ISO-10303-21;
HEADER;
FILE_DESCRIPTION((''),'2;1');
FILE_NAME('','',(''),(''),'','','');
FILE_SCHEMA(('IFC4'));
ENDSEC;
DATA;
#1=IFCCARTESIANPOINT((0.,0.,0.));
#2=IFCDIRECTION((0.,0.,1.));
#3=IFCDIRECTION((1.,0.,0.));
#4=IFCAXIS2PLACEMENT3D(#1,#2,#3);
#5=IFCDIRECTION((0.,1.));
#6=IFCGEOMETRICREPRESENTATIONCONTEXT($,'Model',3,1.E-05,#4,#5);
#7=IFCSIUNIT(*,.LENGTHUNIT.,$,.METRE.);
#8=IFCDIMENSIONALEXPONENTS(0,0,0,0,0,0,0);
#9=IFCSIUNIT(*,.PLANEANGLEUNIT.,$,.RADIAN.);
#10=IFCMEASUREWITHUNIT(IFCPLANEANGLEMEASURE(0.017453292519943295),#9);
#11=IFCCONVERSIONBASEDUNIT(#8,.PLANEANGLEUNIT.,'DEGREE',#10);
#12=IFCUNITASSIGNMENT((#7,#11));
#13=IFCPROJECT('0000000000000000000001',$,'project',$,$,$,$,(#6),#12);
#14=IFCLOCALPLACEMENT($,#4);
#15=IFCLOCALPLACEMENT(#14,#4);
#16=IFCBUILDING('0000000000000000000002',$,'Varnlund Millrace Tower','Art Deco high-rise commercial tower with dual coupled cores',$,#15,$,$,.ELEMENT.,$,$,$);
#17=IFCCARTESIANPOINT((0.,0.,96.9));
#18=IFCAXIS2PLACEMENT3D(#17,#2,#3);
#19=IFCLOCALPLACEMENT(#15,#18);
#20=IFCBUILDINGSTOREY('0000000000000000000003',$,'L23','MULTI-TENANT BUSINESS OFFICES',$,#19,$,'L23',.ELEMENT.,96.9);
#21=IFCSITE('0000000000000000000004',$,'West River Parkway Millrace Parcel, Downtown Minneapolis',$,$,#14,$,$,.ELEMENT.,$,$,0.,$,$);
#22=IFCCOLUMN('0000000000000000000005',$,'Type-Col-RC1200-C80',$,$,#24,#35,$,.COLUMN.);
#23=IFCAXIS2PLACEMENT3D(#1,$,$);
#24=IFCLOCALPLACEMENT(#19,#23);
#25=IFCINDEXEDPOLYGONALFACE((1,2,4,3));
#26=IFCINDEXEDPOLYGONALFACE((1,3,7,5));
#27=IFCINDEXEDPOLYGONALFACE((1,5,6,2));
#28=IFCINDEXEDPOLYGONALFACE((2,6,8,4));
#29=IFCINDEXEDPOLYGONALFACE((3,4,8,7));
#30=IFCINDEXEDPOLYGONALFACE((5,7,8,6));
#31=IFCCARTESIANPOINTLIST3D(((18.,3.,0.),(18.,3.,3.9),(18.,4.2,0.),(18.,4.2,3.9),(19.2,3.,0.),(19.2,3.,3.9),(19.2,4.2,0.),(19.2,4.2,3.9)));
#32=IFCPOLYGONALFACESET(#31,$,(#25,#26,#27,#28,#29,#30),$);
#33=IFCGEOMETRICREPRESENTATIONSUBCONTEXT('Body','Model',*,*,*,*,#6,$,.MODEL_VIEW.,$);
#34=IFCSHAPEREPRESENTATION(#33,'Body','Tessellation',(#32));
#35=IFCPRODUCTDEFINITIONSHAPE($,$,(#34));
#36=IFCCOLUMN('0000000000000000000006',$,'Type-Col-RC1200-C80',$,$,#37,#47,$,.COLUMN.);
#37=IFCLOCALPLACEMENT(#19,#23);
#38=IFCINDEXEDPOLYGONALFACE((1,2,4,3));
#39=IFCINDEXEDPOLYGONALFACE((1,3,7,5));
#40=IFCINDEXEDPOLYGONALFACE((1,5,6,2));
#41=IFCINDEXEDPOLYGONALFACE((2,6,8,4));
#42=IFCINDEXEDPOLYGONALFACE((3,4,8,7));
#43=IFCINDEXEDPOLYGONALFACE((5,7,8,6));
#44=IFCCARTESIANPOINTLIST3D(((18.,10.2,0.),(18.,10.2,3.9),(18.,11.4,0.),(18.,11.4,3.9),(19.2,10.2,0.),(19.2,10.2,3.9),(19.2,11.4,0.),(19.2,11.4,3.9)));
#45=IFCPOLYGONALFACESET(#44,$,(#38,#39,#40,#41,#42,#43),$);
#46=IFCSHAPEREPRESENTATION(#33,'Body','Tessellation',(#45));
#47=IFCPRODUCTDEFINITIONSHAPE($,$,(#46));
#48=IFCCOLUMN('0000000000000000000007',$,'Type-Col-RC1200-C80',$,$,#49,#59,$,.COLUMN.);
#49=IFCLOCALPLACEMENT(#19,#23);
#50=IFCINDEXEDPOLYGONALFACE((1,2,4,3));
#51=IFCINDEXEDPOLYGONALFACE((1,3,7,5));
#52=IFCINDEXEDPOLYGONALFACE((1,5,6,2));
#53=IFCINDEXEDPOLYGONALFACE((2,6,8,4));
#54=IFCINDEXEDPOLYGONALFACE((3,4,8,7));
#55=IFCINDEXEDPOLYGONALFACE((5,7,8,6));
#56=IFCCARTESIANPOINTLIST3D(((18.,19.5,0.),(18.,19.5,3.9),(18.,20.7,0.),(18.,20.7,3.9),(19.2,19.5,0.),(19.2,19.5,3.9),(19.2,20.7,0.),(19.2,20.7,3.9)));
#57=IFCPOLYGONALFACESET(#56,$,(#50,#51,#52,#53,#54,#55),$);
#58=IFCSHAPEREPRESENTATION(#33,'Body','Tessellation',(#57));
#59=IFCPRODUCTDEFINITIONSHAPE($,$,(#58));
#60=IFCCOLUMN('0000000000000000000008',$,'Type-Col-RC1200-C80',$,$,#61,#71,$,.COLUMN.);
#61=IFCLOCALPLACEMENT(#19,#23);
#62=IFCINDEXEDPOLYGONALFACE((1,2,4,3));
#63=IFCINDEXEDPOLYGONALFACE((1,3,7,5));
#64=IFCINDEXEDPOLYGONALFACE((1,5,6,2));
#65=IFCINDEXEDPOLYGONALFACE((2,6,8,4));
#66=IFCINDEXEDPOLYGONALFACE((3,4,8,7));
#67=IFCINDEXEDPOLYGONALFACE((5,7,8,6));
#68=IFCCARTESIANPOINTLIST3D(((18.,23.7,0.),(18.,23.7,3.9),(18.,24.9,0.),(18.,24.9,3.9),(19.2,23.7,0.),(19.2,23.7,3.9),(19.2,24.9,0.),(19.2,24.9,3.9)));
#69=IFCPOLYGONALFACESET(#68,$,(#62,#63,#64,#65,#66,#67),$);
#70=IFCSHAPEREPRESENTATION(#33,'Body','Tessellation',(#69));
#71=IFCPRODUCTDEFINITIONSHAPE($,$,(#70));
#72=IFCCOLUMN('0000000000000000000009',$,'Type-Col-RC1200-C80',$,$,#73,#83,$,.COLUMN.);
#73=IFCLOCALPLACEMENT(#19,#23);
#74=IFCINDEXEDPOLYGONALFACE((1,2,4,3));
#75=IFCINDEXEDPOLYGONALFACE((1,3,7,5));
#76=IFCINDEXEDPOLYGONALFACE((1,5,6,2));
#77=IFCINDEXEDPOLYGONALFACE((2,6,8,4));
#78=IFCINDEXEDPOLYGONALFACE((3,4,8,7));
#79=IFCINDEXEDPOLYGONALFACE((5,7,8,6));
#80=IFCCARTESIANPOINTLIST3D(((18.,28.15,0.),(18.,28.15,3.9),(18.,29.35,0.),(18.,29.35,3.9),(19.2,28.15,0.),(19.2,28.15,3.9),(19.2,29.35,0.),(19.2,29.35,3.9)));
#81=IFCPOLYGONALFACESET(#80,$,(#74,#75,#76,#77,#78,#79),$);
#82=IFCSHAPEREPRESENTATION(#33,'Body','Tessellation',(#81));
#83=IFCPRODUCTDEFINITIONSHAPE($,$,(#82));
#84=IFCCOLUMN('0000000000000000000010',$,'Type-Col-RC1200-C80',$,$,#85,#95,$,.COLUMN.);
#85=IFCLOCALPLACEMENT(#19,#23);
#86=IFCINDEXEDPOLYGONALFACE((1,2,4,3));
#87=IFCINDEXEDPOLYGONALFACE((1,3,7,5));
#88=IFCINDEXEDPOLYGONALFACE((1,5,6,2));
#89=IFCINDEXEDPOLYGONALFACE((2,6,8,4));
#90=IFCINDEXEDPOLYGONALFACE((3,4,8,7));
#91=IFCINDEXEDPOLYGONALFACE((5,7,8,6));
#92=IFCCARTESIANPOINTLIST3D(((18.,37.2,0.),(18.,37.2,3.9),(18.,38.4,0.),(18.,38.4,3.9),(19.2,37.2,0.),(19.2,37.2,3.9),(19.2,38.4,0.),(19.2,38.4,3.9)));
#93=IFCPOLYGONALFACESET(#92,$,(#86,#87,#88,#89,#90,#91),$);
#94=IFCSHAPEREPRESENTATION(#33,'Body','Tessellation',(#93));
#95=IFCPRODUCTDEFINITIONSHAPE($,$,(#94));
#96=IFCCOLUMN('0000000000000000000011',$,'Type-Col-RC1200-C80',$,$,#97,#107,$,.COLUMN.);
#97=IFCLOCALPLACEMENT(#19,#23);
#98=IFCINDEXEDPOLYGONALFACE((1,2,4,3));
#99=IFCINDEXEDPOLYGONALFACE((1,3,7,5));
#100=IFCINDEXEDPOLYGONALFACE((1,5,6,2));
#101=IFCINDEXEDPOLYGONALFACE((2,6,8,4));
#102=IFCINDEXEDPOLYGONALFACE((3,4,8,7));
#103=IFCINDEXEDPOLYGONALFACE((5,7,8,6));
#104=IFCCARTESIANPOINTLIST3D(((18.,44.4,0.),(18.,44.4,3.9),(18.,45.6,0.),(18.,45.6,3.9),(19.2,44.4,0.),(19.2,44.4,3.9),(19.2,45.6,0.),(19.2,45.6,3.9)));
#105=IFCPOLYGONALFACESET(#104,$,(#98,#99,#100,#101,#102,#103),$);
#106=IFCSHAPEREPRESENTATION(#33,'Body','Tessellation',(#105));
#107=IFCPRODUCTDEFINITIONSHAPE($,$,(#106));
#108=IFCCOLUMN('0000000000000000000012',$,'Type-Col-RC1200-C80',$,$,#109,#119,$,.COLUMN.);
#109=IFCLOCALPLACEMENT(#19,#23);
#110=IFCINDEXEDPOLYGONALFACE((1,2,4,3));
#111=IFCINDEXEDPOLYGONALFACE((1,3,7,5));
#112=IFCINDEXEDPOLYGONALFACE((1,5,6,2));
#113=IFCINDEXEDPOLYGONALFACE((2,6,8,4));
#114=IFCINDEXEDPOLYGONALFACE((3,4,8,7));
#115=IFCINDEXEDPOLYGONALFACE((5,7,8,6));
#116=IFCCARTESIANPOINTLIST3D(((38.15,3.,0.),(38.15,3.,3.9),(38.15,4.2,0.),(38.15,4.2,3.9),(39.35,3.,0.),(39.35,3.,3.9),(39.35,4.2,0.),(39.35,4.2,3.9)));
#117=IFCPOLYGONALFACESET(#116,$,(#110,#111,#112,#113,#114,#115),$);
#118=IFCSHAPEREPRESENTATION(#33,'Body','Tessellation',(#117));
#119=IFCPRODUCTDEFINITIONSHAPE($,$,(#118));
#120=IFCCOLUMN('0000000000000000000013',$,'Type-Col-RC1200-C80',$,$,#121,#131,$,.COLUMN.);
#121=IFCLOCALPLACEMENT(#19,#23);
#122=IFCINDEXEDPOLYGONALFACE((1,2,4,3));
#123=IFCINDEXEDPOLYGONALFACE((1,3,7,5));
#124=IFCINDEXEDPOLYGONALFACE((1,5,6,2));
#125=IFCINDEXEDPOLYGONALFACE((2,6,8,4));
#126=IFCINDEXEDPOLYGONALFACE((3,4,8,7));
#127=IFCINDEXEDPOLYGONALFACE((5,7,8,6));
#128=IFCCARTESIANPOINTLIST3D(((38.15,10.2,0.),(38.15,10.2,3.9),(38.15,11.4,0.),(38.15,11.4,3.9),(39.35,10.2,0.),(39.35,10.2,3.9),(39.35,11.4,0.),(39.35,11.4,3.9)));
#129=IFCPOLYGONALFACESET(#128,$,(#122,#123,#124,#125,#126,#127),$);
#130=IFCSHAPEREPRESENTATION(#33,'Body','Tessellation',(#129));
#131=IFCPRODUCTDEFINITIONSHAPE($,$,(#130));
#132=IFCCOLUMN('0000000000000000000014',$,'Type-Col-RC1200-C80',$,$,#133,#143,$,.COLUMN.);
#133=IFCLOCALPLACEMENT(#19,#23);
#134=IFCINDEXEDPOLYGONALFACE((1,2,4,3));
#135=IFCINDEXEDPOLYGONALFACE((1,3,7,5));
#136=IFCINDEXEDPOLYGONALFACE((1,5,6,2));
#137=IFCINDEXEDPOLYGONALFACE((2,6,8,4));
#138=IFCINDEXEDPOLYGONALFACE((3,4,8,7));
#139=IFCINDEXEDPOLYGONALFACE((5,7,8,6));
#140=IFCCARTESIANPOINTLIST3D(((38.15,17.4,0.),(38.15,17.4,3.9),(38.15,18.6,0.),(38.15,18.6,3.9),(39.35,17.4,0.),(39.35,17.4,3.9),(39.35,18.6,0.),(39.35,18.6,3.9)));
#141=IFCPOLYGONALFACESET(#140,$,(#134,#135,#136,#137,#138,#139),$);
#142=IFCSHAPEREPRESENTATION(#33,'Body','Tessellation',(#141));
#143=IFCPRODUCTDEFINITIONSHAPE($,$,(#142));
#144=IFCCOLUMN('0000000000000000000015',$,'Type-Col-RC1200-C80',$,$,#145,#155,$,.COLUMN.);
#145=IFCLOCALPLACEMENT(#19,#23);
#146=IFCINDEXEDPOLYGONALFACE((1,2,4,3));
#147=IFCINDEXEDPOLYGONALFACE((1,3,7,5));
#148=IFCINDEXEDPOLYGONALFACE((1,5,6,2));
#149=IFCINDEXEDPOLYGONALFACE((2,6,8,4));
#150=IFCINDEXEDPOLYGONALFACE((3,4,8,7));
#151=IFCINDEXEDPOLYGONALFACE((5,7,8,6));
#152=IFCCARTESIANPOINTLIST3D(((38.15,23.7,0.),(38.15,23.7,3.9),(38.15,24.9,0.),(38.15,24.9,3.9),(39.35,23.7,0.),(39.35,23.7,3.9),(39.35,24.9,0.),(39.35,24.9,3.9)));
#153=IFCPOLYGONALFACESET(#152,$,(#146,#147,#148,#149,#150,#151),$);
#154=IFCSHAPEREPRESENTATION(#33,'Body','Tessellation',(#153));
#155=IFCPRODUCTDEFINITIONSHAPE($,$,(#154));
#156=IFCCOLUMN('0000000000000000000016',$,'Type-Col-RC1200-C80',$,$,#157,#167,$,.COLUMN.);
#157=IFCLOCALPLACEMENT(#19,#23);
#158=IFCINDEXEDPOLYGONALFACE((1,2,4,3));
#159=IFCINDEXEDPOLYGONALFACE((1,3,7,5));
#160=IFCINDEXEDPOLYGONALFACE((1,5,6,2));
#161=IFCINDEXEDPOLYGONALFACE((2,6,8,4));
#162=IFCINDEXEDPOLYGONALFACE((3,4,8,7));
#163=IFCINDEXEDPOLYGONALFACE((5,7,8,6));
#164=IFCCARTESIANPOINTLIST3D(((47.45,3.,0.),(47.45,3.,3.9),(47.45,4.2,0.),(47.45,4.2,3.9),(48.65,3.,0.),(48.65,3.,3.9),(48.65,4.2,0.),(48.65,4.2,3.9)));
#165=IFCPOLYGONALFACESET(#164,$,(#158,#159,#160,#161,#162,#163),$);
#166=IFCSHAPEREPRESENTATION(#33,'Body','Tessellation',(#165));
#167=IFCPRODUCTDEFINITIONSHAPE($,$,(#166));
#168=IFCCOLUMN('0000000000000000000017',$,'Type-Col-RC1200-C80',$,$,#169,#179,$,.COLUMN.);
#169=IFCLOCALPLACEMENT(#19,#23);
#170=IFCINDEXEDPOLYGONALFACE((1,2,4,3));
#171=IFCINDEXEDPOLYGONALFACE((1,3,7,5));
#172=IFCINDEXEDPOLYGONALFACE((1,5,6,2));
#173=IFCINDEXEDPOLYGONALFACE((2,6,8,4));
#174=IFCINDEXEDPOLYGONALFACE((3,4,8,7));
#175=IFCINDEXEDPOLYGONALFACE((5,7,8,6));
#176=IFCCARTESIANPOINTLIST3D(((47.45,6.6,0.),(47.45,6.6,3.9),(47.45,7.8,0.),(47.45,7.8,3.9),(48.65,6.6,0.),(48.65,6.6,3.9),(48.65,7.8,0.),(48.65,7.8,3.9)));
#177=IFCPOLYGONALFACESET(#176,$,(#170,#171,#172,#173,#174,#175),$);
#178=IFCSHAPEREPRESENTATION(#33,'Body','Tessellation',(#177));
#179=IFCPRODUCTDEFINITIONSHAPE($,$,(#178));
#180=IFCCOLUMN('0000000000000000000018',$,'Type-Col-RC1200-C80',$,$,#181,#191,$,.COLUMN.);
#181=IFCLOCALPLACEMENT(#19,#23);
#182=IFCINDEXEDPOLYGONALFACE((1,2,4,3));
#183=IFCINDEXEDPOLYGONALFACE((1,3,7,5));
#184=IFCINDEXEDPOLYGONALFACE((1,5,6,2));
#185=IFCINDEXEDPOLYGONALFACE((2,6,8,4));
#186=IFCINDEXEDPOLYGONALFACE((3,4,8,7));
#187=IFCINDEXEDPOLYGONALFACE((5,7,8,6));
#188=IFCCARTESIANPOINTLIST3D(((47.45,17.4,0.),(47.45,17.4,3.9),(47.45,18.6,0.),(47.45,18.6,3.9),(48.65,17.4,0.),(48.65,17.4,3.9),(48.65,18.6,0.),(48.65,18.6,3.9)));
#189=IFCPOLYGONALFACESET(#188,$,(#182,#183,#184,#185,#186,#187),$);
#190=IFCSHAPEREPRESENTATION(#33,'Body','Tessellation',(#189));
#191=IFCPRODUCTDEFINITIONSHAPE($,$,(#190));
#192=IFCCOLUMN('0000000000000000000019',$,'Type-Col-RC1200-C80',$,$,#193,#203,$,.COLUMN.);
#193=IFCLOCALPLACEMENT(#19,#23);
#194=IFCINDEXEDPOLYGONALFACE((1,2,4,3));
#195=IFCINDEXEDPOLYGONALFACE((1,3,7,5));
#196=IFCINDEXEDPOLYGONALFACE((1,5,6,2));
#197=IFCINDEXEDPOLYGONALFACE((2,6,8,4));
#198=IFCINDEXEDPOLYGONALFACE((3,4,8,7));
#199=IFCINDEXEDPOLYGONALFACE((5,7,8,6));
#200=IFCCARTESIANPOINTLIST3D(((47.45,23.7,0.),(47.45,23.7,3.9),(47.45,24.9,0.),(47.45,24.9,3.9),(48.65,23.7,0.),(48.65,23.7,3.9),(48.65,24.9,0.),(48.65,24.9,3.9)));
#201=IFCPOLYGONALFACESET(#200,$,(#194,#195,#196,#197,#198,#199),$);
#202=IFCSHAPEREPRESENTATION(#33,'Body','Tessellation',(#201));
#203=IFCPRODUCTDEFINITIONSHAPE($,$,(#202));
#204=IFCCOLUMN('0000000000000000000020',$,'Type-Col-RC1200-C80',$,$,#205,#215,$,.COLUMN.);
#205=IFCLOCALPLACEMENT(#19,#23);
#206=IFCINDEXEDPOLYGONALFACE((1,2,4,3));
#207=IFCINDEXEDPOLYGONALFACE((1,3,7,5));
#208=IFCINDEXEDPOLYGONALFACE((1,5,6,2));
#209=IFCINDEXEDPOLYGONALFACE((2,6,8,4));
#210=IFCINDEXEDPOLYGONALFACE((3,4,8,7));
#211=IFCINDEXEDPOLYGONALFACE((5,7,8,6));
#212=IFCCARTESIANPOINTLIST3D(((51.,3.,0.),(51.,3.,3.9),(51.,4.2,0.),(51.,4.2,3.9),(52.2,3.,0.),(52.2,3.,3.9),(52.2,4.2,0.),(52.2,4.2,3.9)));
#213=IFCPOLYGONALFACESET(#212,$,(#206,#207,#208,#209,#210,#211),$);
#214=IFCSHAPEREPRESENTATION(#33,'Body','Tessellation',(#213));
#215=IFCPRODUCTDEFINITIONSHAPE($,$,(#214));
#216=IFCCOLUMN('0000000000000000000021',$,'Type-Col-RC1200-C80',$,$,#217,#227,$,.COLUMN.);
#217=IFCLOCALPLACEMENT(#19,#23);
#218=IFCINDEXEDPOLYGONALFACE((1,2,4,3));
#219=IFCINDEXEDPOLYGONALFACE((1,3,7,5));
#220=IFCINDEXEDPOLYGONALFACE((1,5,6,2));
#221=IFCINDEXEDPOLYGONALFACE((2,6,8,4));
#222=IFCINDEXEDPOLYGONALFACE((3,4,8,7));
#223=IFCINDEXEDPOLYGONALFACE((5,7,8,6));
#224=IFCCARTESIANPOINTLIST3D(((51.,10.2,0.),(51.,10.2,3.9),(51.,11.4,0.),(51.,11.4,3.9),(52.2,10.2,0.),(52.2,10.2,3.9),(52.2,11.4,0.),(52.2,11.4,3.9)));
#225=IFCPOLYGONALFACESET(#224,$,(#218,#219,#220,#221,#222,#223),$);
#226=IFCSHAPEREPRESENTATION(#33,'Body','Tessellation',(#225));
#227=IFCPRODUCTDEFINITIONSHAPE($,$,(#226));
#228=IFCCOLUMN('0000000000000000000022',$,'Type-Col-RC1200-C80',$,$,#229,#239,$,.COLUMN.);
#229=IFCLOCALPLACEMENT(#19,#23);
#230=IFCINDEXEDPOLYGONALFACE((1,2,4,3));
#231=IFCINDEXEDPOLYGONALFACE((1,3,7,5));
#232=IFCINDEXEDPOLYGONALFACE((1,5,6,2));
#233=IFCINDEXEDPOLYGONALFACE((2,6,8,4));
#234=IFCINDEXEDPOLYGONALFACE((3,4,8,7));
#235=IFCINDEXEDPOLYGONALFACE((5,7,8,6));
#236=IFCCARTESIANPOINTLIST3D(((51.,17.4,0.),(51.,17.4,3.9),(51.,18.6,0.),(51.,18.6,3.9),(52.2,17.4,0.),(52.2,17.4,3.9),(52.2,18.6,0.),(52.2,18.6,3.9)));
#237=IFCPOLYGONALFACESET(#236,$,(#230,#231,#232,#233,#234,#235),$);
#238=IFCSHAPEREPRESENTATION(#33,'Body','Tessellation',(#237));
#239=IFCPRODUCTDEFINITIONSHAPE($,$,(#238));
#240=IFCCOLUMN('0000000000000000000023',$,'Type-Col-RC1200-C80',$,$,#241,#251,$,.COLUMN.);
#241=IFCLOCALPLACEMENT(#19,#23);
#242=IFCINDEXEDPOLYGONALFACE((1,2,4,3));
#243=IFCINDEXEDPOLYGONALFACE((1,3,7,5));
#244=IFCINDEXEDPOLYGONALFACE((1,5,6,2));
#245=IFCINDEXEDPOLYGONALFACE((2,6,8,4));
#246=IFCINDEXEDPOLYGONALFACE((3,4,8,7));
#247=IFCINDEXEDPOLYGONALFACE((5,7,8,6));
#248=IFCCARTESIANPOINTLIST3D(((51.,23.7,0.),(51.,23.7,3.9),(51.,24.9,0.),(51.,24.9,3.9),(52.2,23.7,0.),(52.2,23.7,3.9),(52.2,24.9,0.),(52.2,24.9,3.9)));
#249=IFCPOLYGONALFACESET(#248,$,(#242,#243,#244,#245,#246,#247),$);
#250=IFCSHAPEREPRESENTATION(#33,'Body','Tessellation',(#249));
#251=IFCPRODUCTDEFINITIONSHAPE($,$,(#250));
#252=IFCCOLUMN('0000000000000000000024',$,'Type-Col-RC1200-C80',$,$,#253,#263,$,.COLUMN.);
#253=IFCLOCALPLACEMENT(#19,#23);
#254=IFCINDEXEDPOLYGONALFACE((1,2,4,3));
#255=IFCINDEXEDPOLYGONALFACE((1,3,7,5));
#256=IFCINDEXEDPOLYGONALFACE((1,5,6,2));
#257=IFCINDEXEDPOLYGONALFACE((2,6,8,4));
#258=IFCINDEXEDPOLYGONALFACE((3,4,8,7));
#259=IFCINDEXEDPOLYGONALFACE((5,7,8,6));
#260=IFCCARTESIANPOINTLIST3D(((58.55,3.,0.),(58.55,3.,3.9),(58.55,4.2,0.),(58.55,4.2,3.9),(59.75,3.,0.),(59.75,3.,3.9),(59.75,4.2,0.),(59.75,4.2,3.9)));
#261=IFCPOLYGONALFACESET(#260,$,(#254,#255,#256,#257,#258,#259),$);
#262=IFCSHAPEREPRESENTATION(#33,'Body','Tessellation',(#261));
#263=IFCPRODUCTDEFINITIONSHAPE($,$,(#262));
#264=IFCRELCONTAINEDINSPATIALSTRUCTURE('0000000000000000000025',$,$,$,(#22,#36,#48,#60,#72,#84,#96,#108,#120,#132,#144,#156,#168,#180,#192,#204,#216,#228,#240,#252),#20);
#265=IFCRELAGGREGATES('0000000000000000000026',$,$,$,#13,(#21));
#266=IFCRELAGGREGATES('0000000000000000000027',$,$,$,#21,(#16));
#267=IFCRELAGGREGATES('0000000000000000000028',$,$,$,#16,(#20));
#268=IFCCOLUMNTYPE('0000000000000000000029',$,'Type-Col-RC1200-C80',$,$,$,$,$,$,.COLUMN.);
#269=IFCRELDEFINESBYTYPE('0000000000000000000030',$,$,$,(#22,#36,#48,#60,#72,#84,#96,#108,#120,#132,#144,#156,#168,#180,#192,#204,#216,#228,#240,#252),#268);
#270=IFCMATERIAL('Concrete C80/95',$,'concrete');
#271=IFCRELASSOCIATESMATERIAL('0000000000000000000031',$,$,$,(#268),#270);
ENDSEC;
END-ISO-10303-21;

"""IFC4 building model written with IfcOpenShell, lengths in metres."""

from ifc_helpers import new_model, entity, si_unit, converted_unit, direction, frame, origin_with_axes, origin_2d_with_axis, place, context, subcontext, project, spatial, rectangle, extrude, material, material_profile, profile_set, type_object, element, save


model = new_model("IFC4")

# Units and contexts
model_context = context("Model", 3, precision=1e-05, world=origin_with_axes(), true_north=direction((0.0, 1.0)))
body_context = subcontext(model_context, "Body", "Model", "MODEL_VIEW")
ifc_project = project(units=[si_unit("LENGTHUNIT", "METRE"), converted_unit("PLANEANGLEUNIT", "DEGREE", entity("IfcPlaneAngleMeasure", 0.017453292519943295), si_unit("PLANEANGLEUNIT", "RADIAN"), dimensions=[0, 0, 0, 0, 0, 0, 0])], contexts=[model_context])

# Site, building, storey
site_placement = place(None, origin_with_axes())
site = spatial("IfcSite", under=ifc_project, at=site_placement, Name="West River Parkway Millrace Parcel, Downtown Minneapolis", CompositionType="ELEMENT", RefElevation=0.0)
building_placement = place(site_placement, origin_with_axes())
building = spatial("IfcBuilding", under=site, at=building_placement, Name="Varnlund Millrace Tower", Description="Art Deco high-rise commercial tower with dual coupled cores", CompositionType="ELEMENT")
storey_placement = place(building_placement, frame((0.0, 0.0, 96.9), z_axis=(0.0, 0.0, 1.0), x_axis=(1.0, 0.0, 0.0)))
storey = spatial("IfcBuildingStorey", under=building, at=storey_placement, Name="L23", Description="MULTI-TENANT BUSINESS OFFICES", LongName="L23", CompositionType="ELEMENT", Elevation=96.9)

# Columns
ifc_material_1 = material(Name="Concrete C80/95", Category="concrete")
ifc_material_profile = material_profile(ifc_material_1, rectangle(XDim=1.2, YDim=1.2, at=origin_2d_with_axis()), Name="Concrete C80/95")
ifc_profile_set = profile_set([ifc_material_profile], Name="Concrete C80/95")
column_type = type_object("IfcColumnType", Name="Type-Col-RC1200-C80", PredefinedType="COLUMN", material=ifc_profile_set)
for number, where, z_axis, x_axis, name in (
    (1, (18.6, 3.6, 0.0), (0.0, 0.0, 1.0), (1.0, 0.0, 0.0), "Type-Col-RC1200-C80"),
    (2, (18.6, 10.8, 0.0), (0.0, 0.0, 1.0), (1.0, 0.0, 0.0), "Type-Col-RC1200-C80"),
    (3, (18.6, 20.1, 0.0), (0.0, 0.0, 1.0), (1.0, 0.0, 0.0), "Type-Col-RC1200-C80"),
    (4, (18.6, 24.3, 0.0), (0.0, 0.0, 1.0), (1.0, 0.0, 0.0), "Type-Col-RC1200-C80"),
    (5, (18.6, 28.75, 0.0), (0.0, 0.0, 1.0), (1.0, 0.0, 0.0), "Type-Col-RC1200-C80"),
    (6, (18.6, 37.8, 0.0), (0.0, 0.0, 1.0), (1.0, 0.0, 0.0), "Type-Col-RC1200-C80"),
    (7, (18.6, 45.0, 0.0), (0.0, 0.0, 1.0), (1.0, 0.0, 0.0), "Type-Col-RC1200-C80"),
    (8, (38.75, 3.6, 0.0), (0.0, 0.0, 1.0), (1.0, 0.0, 0.0), "Type-Col-RC1200-C80"),
    (9, (38.75, 10.8, 0.0), (0.0, 0.0, 1.0), (1.0, 0.0, 0.0), "Type-Col-RC1200-C80"),
    (10, (38.75, 18.0, 0.0), (0.0, 0.0, 1.0), (1.0, 0.0, 0.0), "Type-Col-RC1200-C80"),
    (11, (38.75, 24.3, 0.0), (0.0, 0.0, 1.0), (1.0, 0.0, 0.0), "Type-Col-RC1200-C80"),
    (12, (48.05, 3.6, 0.0), (0.0, 0.0, 1.0), (1.0, 0.0, 0.0), "Type-Col-RC1200-C80"),
    (13, (48.05, 7.2, 0.0), (0.0, 0.0, 1.0), (1.0, 0.0, 0.0), "Type-Col-RC1200-C80"),
    (14, (48.05, 18.0, 0.0), (0.0, 0.0, 1.0), (1.0, 0.0, 0.0), "Type-Col-RC1200-C80"),
    (15, (48.05, 24.3, 0.0), (0.0, 0.0, 1.0), (1.0, 0.0, 0.0), "Type-Col-RC1200-C80"),
    (16, (51.6, 3.6, 0.0), (0.0, 0.0, 1.0), (1.0, 0.0, 0.0), "Type-Col-RC1200-C80"),
    (17, (51.6, 10.8, 0.0), (0.0, 0.0, 1.0), (1.0, 0.0, 0.0), "Type-Col-RC1200-C80"),
    (18, (51.6, 18.0, 0.0), (0.0, 0.0, 1.0), (1.0, 0.0, 0.0), "Type-Col-RC1200-C80"),
    (19, (51.6, 24.3, 0.0), (0.0, 0.0, 1.0), (1.0, 0.0, 0.0), "Type-Col-RC1200-C80"),
    (20, (59.15, 3.6, 0.0), (0.0, 0.0, 1.0), (1.0, 0.0, 0.0), "Type-Col-RC1200-C80"),
):
    element("IfcColumn", number, at=place(storey_placement, frame(where, z_axis=z_axis, x_axis=x_axis)), inside=storey, type_object=column_type, Name=name, PredefinedType="COLUMN", context=body_context, shape_type="SweptSolid", body=[
        extrude(rectangle(XDim=1.2, YDim=1.2, at=origin_2d_with_axis()), origin_with_axes(), (0.0, 0.0, 1.0), 3.9),
    ])

save(model, "model.ifc")
